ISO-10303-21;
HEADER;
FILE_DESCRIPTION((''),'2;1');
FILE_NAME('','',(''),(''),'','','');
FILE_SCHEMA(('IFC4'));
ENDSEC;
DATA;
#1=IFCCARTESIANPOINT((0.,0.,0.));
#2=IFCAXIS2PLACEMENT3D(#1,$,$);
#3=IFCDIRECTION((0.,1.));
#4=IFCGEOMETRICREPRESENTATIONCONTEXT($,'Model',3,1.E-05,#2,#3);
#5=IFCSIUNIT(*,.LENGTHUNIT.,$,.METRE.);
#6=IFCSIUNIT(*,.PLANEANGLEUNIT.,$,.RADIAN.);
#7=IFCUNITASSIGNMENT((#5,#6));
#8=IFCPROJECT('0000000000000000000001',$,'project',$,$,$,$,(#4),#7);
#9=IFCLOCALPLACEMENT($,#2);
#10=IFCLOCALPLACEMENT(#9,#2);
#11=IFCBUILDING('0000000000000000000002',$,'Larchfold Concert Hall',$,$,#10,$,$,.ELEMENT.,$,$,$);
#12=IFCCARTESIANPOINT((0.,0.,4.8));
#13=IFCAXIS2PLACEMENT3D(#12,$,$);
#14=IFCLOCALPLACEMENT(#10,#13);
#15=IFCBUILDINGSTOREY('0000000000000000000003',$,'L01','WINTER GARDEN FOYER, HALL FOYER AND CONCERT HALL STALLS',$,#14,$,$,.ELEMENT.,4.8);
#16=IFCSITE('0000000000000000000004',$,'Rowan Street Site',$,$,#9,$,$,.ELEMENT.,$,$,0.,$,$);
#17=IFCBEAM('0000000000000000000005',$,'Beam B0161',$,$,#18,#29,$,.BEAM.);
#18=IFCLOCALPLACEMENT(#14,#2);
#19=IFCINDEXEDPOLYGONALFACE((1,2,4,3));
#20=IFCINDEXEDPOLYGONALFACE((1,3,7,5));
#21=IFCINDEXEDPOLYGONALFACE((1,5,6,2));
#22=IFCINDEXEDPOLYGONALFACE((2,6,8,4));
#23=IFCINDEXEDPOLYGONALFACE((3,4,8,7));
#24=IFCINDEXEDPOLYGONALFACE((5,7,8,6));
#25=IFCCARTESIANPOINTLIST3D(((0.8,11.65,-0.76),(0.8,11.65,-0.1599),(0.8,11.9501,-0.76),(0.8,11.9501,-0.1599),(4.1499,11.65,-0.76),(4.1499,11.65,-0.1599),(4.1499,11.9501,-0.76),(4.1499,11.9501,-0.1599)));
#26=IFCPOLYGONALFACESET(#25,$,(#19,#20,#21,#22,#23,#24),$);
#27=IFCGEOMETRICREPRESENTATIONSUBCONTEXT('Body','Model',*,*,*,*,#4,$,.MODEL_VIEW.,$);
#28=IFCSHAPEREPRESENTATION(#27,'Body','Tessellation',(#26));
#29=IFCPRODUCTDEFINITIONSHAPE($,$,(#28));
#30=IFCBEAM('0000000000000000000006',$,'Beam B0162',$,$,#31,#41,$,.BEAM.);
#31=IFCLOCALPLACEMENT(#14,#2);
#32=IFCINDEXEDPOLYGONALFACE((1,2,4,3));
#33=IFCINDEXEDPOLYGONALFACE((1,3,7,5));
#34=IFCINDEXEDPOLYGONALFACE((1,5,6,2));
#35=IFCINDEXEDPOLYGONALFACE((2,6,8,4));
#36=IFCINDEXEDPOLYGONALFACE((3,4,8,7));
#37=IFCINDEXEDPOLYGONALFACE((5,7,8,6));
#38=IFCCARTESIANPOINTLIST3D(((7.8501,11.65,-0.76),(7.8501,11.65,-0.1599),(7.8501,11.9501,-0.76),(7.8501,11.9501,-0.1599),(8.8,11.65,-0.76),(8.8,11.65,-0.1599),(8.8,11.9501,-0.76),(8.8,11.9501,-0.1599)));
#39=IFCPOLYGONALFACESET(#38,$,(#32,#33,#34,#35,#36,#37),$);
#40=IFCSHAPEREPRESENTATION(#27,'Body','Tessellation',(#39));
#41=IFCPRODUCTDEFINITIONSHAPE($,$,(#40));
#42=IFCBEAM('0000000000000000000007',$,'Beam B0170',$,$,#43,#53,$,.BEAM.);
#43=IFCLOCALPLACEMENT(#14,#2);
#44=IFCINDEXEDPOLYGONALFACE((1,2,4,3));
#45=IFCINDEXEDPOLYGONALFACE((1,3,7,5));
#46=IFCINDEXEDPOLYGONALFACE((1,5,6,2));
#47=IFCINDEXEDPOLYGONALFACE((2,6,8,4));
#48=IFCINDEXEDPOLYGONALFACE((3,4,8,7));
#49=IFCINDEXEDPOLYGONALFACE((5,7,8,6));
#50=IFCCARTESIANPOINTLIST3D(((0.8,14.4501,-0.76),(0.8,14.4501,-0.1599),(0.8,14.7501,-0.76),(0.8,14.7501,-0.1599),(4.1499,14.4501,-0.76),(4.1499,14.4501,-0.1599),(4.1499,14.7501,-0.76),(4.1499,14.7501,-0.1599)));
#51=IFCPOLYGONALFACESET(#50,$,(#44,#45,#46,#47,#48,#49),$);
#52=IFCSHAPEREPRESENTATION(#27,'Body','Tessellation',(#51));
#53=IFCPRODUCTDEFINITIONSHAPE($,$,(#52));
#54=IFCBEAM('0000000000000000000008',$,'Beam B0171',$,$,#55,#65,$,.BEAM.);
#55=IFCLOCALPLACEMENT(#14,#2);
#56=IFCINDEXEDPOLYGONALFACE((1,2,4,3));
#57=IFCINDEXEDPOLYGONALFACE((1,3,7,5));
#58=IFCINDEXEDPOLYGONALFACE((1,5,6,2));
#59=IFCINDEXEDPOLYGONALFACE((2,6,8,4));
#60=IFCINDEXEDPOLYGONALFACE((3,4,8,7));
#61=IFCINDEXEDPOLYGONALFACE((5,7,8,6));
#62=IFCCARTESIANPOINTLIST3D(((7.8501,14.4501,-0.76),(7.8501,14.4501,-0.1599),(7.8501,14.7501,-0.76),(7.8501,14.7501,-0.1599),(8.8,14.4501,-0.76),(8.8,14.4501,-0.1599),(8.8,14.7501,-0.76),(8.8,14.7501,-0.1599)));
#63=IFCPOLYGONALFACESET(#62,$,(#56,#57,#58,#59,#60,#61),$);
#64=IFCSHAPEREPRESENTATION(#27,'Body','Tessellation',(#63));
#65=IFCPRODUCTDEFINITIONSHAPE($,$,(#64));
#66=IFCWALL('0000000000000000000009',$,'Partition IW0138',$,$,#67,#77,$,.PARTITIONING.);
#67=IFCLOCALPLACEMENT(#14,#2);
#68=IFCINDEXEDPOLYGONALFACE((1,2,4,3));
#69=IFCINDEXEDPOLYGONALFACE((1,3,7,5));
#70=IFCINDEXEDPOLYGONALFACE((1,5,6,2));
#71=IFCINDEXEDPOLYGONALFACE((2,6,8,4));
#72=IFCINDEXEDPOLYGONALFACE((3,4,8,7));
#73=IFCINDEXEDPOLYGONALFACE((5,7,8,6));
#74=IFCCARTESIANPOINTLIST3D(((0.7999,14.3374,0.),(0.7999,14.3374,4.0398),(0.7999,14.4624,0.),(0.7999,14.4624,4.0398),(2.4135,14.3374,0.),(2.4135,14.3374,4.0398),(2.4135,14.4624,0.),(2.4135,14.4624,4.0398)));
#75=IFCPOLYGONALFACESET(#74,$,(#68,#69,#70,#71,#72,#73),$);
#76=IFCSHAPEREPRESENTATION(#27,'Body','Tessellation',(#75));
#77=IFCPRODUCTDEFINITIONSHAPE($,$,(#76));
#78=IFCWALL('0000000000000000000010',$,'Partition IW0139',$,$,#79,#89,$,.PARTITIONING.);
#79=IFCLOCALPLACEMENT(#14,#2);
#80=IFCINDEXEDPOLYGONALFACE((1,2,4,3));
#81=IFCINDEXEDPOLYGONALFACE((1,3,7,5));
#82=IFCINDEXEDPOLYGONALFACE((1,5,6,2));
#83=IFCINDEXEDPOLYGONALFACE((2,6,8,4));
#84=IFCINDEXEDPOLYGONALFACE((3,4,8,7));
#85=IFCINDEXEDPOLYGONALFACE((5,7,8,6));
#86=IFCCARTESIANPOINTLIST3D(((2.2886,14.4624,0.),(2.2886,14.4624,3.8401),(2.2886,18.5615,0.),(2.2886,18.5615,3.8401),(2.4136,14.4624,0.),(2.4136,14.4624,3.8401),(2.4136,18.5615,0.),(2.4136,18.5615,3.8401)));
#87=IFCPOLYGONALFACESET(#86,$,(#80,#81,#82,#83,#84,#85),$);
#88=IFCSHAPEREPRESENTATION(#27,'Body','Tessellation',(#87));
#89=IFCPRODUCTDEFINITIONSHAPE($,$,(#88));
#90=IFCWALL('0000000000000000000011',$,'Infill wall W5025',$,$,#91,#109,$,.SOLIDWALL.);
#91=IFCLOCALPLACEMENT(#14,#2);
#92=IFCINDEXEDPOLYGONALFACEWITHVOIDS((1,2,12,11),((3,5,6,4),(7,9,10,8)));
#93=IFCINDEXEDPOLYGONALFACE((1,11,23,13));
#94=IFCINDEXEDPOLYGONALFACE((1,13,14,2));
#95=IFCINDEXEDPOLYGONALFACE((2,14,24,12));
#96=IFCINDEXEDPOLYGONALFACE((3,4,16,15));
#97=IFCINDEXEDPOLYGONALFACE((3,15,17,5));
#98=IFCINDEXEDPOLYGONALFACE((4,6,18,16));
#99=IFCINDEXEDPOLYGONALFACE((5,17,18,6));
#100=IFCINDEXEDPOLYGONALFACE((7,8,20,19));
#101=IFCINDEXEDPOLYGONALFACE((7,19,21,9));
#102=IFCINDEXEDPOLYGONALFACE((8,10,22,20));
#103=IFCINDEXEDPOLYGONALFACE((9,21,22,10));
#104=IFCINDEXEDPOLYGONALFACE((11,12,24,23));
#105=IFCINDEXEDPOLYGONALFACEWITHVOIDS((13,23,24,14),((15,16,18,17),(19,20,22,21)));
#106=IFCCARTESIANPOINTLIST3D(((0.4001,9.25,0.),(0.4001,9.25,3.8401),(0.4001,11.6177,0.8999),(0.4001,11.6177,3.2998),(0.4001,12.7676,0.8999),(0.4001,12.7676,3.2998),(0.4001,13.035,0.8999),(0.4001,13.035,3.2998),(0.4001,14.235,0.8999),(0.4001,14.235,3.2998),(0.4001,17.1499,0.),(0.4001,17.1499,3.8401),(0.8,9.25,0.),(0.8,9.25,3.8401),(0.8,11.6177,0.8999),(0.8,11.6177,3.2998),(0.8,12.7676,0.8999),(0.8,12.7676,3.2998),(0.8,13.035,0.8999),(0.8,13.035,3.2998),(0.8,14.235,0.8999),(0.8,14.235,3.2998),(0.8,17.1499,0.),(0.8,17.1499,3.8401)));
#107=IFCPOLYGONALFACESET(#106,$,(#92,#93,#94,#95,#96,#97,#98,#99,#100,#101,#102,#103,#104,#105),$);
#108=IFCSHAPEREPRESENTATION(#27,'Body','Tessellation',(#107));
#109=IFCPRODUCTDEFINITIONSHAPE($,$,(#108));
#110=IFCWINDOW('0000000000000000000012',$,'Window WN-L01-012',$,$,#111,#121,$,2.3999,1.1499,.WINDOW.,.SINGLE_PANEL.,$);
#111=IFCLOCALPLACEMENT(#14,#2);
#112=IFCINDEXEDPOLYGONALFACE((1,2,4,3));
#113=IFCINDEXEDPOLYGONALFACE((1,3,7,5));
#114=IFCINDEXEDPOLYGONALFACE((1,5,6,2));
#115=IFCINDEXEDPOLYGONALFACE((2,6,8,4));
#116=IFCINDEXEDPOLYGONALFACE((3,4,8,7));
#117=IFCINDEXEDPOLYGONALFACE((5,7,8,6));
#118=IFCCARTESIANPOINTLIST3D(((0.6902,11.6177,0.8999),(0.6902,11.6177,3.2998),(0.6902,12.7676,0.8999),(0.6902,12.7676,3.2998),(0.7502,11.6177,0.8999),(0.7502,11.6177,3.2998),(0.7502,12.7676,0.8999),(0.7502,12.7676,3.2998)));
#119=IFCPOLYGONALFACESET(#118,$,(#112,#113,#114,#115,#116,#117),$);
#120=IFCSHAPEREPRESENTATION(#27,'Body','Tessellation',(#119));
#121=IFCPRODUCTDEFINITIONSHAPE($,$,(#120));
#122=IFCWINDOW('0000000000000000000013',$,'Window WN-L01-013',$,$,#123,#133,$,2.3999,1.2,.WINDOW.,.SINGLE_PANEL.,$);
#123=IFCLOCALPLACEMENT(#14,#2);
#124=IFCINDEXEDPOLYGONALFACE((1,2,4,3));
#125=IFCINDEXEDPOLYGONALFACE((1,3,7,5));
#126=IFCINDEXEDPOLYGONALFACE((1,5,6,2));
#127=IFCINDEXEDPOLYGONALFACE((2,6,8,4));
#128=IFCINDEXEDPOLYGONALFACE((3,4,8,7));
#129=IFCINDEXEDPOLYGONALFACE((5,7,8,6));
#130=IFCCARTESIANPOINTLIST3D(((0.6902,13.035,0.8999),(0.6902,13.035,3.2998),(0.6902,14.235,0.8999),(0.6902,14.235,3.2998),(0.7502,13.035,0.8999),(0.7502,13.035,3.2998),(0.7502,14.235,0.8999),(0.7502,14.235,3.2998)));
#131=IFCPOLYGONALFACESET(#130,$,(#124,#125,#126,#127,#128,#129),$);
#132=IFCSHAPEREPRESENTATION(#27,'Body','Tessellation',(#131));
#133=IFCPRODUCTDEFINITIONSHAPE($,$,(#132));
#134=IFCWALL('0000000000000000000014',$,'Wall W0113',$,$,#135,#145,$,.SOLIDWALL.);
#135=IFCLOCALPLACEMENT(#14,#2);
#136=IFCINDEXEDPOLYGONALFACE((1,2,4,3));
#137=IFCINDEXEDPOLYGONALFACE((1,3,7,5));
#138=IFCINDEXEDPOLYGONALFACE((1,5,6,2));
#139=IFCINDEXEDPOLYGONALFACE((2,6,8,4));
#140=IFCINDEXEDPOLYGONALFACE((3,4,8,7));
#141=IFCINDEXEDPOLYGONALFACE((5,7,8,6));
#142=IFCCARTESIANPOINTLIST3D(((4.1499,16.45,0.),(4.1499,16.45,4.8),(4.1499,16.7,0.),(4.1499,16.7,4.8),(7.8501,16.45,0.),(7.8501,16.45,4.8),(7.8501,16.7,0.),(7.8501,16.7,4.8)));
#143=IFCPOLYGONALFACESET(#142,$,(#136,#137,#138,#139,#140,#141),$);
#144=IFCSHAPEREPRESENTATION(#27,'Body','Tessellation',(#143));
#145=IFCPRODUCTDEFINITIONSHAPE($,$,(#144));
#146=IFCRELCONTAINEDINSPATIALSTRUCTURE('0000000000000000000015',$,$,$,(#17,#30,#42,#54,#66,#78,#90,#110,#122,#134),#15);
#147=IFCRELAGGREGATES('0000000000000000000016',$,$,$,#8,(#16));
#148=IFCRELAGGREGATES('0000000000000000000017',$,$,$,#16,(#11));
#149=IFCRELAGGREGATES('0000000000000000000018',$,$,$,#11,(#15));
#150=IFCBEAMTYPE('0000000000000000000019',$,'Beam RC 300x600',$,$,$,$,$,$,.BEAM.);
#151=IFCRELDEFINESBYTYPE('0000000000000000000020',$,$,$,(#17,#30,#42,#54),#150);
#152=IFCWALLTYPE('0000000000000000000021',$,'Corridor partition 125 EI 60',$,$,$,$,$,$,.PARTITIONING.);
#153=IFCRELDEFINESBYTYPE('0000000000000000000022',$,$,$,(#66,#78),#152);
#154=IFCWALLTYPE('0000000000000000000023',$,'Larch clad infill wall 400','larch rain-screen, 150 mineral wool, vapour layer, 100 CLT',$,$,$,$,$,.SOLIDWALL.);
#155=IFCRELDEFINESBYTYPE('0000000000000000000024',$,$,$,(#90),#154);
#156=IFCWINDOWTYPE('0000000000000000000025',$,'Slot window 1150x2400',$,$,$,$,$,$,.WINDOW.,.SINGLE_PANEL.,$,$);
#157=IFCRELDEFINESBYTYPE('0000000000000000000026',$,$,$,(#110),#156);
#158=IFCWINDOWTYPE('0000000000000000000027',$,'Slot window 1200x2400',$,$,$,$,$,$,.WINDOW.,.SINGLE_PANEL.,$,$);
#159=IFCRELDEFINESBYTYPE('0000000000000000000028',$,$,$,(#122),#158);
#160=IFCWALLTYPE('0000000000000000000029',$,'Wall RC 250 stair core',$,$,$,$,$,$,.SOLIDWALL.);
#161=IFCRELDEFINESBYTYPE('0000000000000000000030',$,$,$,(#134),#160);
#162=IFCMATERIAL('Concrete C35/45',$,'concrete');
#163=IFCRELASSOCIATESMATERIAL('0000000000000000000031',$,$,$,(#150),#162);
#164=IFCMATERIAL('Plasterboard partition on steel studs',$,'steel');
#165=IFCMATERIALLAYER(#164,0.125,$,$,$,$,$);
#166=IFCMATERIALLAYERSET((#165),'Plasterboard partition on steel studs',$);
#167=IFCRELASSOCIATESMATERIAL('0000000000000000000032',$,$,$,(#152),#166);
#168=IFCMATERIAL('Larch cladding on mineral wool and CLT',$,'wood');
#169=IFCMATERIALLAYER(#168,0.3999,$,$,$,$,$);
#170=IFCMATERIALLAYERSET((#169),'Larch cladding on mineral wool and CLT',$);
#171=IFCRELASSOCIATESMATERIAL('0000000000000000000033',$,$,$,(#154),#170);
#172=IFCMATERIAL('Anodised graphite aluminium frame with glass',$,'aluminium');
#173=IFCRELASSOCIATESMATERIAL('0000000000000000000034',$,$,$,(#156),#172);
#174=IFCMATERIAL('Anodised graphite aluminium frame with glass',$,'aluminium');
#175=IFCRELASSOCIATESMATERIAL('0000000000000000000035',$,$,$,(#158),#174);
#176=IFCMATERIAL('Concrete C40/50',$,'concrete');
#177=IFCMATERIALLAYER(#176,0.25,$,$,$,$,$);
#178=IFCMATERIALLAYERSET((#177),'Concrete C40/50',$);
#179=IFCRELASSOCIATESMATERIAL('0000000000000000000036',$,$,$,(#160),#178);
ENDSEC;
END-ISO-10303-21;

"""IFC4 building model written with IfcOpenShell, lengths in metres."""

from ifc_helpers import new_model, si_unit, direction, frame, frame_2d, origin, origin_2d, place, context, subcontext, project, spatial, rectangle, extrude, material, layer, layer_set, material_profile, profile_set, type_object, element, fill, save


model = new_model("IFC4")

# Units and contexts
model_context = context("Model", 3, precision=1e-05, world=origin(), true_north=direction((0.0, 1.0)))
body_context = subcontext(model_context, "Body", "Model", "MODEL_VIEW")
ifc_project = project(units=[si_unit("LENGTHUNIT", "METRE"), si_unit("PLANEANGLEUNIT", "RADIAN")], contexts=[model_context])

# Site, building, storey
site_placement = place(None, origin())
site = spatial("IfcSite", under=ifc_project, at=site_placement, Name="Rowan Street Site", CompositionType="ELEMENT", RefElevation=0.0)
building_placement = place(site_placement, origin())
building = spatial("IfcBuilding", under=site, at=building_placement, Name="Larchfold Concert Hall", CompositionType="ELEMENT")
storey_placement = place(building_placement, frame((0.0, 0.0, 4.8)))
storey = spatial("IfcBuildingStorey", under=building, at=storey_placement, Name="L01", Description="WINTER GARDEN FOYER, HALL FOYER AND CONCERT HALL STALLS", CompositionType="ELEMENT", Elevation=4.8)

# Beams
ifc_material_1 = material(Name="Concrete C35/45", Category="concrete")
ifc_material_profile = material_profile(ifc_material_1, rectangle(XDim=0.3, YDim=0.6001, at=origin_2d()))
ifc_profile_set = profile_set([ifc_material_profile], Name="Concrete C35/45")
beam_type = type_object("IfcBeamType", Name="Beam RC 300x600", PredefinedType="BEAM", material=ifc_profile_set)
beam_1_placement = place(storey_placement, frame((0.8, 11.8, -0.46), z_axis=(1.0, 0.0, 0.0), x_axis=(0.0, 1.0, 0.0)))
element("IfcBeam", 1, at=beam_1_placement, inside=storey, type_object=beam_type, Name="Beam B0161", PredefinedType="BEAM", context=body_context, shape_type="SweptSolid", body=[
    extrude(rectangle(XDim=0.3, YDim=0.6001, at=origin_2d()), origin(), (0.0, 0.0, 1.0), 3.3499),
])
beam_2_placement = place(storey_placement, frame((7.8501, 11.8, -0.46), z_axis=(1.0, 0.0, 0.0), x_axis=(0.0, 1.0, 0.0)))
element("IfcBeam", 2, at=beam_2_placement, inside=storey, type_object=beam_type, Name="Beam B0162", PredefinedType="BEAM", context=body_context, shape_type="SweptSolid", body=[
    extrude(rectangle(XDim=0.3, YDim=0.6001, at=origin_2d()), origin(), (0.0, 0.0, 1.0), 0.95),
])
beam_3_placement = place(storey_placement, frame((0.8, 14.6001, -0.46), z_axis=(1.0, 0.0, 0.0), x_axis=(0.0, 1.0, 0.0)))
element("IfcBeam", 3, at=beam_3_placement, inside=storey, type_object=beam_type, Name="Beam B0170", PredefinedType="BEAM", context=body_context, shape_type="SweptSolid", body=[
    extrude(rectangle(XDim=0.3, YDim=0.6001, at=origin_2d()), origin(), (0.0, 0.0, 1.0), 3.3499),
])
beam_4_placement = place(storey_placement, frame((7.8501, 14.6001, -0.46), z_axis=(1.0, 0.0, 0.0), x_axis=(0.0, 1.0, 0.0)))
element("IfcBeam", 4, at=beam_4_placement, inside=storey, type_object=beam_type, Name="Beam B0171", PredefinedType="BEAM", context=body_context, shape_type="SweptSolid", body=[
    extrude(rectangle(XDim=0.3, YDim=0.6001, at=origin_2d()), origin(), (0.0, 0.0, 1.0), 0.95),
])

# Walls
ifc_material_2 = material(Name="Plasterboard partition on steel studs", Category="steel")
ifc_layer_1 = layer(ifc_material_2, 0.125)
ifc_layer_set_1 = layer_set([ifc_layer_1], Name="Plasterboard partition on steel studs")
wall_type_1 = type_object("IfcWallType", Name="Corridor partition 125 EI 60", PredefinedType="PARTITIONING", material=ifc_layer_set_1)
wall_1_placement = place(storey_placement, frame((0.8, 14.3999, 0.0), z_axis=(0.0, 0.0, 1.0), x_axis=(1.0, 0.0, 0.0)))
element("IfcWall", 5, at=wall_1_placement, inside=storey, type_object=wall_type_1, Name="Partition IW0138", PredefinedType="PARTITIONING", context=body_context, shape_type="SweptSolid", body=[
    extrude(rectangle(XDim=1.6135, YDim=0.125, at=frame_2d((0.8066, 0.0))), origin(), (0.0, 0.0, 1.0), 4.0398),
])
wall_2_placement = place(storey_placement, frame((2.3511, 14.4624, 0.0), z_axis=(0.0, 0.0, 1.0), x_axis=(0.0, 1.0, 0.0)))
element("IfcWall", 6, at=wall_2_placement, inside=storey, type_object=wall_type_1, Name="Partition IW0139", PredefinedType="PARTITIONING", context=body_context, shape_type="SweptSolid", body=[
    extrude(rectangle(XDim=4.0991, YDim=0.125, at=frame_2d((2.0496, 0.0))), origin(), (0.0, 0.0, 1.0), 3.8401),
])

# Wall, openings, windows
ifc_material_3 = material(Name="Larch cladding on mineral wool and CLT", Category="wood")
ifc_layer_2 = layer(ifc_material_3, 0.3999)
ifc_layer_set_2 = layer_set([ifc_layer_2], Name="Larch cladding on mineral wool and CLT")
wall_type_2 = type_object("IfcWallType", Name="Larch clad infill wall 400", Description="larch rain-screen, 150 mineral wool, vapour layer, 100 CLT", PredefinedType="SOLIDWALL", material=ifc_layer_set_2)
wall_3_placement = place(storey_placement, frame((0.6001, 17.1499, 0.0), z_axis=(0.0, 0.0, 1.0), x_axis=(0.0, -1.0, 0.0)))
wall_3 = element("IfcWall", 7, at=wall_3_placement, inside=storey, type_object=wall_type_2, Name="Infill wall W5025", PredefinedType="SOLIDWALL", context=body_context, shape_type="SweptSolid", body=[
    extrude(rectangle(XDim=7.8999, YDim=0.3999, at=frame_2d((3.95, 0.0))), origin(), (0.0, 0.0, 1.0), 3.8401),
])
opening_1_placement = place(wall_3_placement, frame((4.3823, 0.0, 0.8999)))
opening_1 = element("IfcOpeningElement", 8, at=opening_1_placement, cuts=wall_3, PredefinedType="OPENING", context=body_context, shape_type="SweptSolid", body=[
    extrude(rectangle(XDim=1.1499, YDim=2.3999, at=frame_2d((0.575, 1.2))), frame((0.0, 0.21, 0.0), z_axis=(0.0, -1.0, 0.0), x_axis=(1.0, 0.0, 0.0)), (0.0, 0.0, 1.0), 0.4199),
])
opening_2_placement = place(wall_3_placement, frame((2.9148, 0.0, 0.8999)))
opening_2 = element("IfcOpeningElement", 9, at=opening_2_placement, cuts=wall_3, PredefinedType="OPENING", context=body_context, shape_type="SweptSolid", body=[
    extrude(rectangle(XDim=1.2, YDim=2.3999, at=frame_2d((0.6001, 1.2))), frame((0.0, 0.21, 0.0), z_axis=(0.0, -1.0, 0.0), x_axis=(1.0, 0.0, 0.0)), (0.0, 0.0, 1.0), 0.4199),
])
ifc_material_4 = material(Name="Anodised graphite aluminium frame with glass", Category="aluminium")
window_type_1 = type_object("IfcWindowType", Name="Slot window 1150x2400", PartitioningType="SINGLE_PANEL", PredefinedType="WINDOW", material=ifc_material_4)
window_1_placement = place(opening_1_placement, origin())
window_1 = element("IfcWindow", 10, at=window_1_placement, inside=storey, type_object=window_type_1, Name="Window WN-L01-012", OverallHeight=2.3999, OverallWidth=1.1499, PartitioningType="SINGLE_PANEL", PredefinedType="WINDOW", context=body_context, shape_type="SweptSolid", body=[
    extrude(rectangle(XDim=1.1499, YDim=2.3999, at=frame_2d((0.575, 1.2))), frame((0.0, 0.1501, 0.0), z_axis=(0.0, -1.0, 0.0), x_axis=(1.0, 0.0, 0.0)), (0.0, 0.0, 1.0), 0.0601),
])
fill(opening_1, window_1)
ifc_material_5 = material(Name="Anodised graphite aluminium frame with glass", Category="aluminium")
window_type_2 = type_object("IfcWindowType", Name="Slot window 1200x2400", PartitioningType="SINGLE_PANEL", PredefinedType="WINDOW", material=ifc_material_5)
window_2_placement = place(opening_2_placement, origin())
window_2 = element("IfcWindow", 11, at=window_2_placement, inside=storey, type_object=window_type_2, Name="Window WN-L01-013", OverallHeight=2.3999, OverallWidth=1.2, PartitioningType="SINGLE_PANEL", PredefinedType="WINDOW", context=body_context, shape_type="SweptSolid", body=[
    extrude(rectangle(XDim=1.2, YDim=2.3999, at=frame_2d((0.6001, 1.2))), frame((0.0, 0.1501, 0.0), z_axis=(0.0, -1.0, 0.0), x_axis=(1.0, 0.0, 0.0)), (0.0, 0.0, 1.0), 0.0601),
])
fill(opening_2, window_2)

# Wall
ifc_material_6 = material(Name="Concrete C40/50", Category="concrete")
ifc_layer_3 = layer(ifc_material_6, 0.25)
ifc_layer_set_3 = layer_set([ifc_layer_3], Name="Concrete C40/50")
wall_type_3 = type_object("IfcWallType", Name="Wall RC 250 stair core", PredefinedType="SOLIDWALL", material=ifc_layer_set_3)
wall_4_placement = place(storey_placement, frame((4.1499, 16.575, 0.0), z_axis=(0.0, 0.0, 1.0), x_axis=(1.0, 0.0, 0.0)))
element("IfcWall", 12, at=wall_4_placement, inside=storey, type_object=wall_type_3, Name="Wall W0113", PredefinedType="SOLIDWALL", context=body_context, shape_type="SweptSolid", body=[
    extrude(rectangle(XDim=3.7002, YDim=0.25, at=frame_2d((1.8501, 0.0))), origin(), (0.0, 0.0, 1.0), 4.8),
])

save(model, "model.ifc")
